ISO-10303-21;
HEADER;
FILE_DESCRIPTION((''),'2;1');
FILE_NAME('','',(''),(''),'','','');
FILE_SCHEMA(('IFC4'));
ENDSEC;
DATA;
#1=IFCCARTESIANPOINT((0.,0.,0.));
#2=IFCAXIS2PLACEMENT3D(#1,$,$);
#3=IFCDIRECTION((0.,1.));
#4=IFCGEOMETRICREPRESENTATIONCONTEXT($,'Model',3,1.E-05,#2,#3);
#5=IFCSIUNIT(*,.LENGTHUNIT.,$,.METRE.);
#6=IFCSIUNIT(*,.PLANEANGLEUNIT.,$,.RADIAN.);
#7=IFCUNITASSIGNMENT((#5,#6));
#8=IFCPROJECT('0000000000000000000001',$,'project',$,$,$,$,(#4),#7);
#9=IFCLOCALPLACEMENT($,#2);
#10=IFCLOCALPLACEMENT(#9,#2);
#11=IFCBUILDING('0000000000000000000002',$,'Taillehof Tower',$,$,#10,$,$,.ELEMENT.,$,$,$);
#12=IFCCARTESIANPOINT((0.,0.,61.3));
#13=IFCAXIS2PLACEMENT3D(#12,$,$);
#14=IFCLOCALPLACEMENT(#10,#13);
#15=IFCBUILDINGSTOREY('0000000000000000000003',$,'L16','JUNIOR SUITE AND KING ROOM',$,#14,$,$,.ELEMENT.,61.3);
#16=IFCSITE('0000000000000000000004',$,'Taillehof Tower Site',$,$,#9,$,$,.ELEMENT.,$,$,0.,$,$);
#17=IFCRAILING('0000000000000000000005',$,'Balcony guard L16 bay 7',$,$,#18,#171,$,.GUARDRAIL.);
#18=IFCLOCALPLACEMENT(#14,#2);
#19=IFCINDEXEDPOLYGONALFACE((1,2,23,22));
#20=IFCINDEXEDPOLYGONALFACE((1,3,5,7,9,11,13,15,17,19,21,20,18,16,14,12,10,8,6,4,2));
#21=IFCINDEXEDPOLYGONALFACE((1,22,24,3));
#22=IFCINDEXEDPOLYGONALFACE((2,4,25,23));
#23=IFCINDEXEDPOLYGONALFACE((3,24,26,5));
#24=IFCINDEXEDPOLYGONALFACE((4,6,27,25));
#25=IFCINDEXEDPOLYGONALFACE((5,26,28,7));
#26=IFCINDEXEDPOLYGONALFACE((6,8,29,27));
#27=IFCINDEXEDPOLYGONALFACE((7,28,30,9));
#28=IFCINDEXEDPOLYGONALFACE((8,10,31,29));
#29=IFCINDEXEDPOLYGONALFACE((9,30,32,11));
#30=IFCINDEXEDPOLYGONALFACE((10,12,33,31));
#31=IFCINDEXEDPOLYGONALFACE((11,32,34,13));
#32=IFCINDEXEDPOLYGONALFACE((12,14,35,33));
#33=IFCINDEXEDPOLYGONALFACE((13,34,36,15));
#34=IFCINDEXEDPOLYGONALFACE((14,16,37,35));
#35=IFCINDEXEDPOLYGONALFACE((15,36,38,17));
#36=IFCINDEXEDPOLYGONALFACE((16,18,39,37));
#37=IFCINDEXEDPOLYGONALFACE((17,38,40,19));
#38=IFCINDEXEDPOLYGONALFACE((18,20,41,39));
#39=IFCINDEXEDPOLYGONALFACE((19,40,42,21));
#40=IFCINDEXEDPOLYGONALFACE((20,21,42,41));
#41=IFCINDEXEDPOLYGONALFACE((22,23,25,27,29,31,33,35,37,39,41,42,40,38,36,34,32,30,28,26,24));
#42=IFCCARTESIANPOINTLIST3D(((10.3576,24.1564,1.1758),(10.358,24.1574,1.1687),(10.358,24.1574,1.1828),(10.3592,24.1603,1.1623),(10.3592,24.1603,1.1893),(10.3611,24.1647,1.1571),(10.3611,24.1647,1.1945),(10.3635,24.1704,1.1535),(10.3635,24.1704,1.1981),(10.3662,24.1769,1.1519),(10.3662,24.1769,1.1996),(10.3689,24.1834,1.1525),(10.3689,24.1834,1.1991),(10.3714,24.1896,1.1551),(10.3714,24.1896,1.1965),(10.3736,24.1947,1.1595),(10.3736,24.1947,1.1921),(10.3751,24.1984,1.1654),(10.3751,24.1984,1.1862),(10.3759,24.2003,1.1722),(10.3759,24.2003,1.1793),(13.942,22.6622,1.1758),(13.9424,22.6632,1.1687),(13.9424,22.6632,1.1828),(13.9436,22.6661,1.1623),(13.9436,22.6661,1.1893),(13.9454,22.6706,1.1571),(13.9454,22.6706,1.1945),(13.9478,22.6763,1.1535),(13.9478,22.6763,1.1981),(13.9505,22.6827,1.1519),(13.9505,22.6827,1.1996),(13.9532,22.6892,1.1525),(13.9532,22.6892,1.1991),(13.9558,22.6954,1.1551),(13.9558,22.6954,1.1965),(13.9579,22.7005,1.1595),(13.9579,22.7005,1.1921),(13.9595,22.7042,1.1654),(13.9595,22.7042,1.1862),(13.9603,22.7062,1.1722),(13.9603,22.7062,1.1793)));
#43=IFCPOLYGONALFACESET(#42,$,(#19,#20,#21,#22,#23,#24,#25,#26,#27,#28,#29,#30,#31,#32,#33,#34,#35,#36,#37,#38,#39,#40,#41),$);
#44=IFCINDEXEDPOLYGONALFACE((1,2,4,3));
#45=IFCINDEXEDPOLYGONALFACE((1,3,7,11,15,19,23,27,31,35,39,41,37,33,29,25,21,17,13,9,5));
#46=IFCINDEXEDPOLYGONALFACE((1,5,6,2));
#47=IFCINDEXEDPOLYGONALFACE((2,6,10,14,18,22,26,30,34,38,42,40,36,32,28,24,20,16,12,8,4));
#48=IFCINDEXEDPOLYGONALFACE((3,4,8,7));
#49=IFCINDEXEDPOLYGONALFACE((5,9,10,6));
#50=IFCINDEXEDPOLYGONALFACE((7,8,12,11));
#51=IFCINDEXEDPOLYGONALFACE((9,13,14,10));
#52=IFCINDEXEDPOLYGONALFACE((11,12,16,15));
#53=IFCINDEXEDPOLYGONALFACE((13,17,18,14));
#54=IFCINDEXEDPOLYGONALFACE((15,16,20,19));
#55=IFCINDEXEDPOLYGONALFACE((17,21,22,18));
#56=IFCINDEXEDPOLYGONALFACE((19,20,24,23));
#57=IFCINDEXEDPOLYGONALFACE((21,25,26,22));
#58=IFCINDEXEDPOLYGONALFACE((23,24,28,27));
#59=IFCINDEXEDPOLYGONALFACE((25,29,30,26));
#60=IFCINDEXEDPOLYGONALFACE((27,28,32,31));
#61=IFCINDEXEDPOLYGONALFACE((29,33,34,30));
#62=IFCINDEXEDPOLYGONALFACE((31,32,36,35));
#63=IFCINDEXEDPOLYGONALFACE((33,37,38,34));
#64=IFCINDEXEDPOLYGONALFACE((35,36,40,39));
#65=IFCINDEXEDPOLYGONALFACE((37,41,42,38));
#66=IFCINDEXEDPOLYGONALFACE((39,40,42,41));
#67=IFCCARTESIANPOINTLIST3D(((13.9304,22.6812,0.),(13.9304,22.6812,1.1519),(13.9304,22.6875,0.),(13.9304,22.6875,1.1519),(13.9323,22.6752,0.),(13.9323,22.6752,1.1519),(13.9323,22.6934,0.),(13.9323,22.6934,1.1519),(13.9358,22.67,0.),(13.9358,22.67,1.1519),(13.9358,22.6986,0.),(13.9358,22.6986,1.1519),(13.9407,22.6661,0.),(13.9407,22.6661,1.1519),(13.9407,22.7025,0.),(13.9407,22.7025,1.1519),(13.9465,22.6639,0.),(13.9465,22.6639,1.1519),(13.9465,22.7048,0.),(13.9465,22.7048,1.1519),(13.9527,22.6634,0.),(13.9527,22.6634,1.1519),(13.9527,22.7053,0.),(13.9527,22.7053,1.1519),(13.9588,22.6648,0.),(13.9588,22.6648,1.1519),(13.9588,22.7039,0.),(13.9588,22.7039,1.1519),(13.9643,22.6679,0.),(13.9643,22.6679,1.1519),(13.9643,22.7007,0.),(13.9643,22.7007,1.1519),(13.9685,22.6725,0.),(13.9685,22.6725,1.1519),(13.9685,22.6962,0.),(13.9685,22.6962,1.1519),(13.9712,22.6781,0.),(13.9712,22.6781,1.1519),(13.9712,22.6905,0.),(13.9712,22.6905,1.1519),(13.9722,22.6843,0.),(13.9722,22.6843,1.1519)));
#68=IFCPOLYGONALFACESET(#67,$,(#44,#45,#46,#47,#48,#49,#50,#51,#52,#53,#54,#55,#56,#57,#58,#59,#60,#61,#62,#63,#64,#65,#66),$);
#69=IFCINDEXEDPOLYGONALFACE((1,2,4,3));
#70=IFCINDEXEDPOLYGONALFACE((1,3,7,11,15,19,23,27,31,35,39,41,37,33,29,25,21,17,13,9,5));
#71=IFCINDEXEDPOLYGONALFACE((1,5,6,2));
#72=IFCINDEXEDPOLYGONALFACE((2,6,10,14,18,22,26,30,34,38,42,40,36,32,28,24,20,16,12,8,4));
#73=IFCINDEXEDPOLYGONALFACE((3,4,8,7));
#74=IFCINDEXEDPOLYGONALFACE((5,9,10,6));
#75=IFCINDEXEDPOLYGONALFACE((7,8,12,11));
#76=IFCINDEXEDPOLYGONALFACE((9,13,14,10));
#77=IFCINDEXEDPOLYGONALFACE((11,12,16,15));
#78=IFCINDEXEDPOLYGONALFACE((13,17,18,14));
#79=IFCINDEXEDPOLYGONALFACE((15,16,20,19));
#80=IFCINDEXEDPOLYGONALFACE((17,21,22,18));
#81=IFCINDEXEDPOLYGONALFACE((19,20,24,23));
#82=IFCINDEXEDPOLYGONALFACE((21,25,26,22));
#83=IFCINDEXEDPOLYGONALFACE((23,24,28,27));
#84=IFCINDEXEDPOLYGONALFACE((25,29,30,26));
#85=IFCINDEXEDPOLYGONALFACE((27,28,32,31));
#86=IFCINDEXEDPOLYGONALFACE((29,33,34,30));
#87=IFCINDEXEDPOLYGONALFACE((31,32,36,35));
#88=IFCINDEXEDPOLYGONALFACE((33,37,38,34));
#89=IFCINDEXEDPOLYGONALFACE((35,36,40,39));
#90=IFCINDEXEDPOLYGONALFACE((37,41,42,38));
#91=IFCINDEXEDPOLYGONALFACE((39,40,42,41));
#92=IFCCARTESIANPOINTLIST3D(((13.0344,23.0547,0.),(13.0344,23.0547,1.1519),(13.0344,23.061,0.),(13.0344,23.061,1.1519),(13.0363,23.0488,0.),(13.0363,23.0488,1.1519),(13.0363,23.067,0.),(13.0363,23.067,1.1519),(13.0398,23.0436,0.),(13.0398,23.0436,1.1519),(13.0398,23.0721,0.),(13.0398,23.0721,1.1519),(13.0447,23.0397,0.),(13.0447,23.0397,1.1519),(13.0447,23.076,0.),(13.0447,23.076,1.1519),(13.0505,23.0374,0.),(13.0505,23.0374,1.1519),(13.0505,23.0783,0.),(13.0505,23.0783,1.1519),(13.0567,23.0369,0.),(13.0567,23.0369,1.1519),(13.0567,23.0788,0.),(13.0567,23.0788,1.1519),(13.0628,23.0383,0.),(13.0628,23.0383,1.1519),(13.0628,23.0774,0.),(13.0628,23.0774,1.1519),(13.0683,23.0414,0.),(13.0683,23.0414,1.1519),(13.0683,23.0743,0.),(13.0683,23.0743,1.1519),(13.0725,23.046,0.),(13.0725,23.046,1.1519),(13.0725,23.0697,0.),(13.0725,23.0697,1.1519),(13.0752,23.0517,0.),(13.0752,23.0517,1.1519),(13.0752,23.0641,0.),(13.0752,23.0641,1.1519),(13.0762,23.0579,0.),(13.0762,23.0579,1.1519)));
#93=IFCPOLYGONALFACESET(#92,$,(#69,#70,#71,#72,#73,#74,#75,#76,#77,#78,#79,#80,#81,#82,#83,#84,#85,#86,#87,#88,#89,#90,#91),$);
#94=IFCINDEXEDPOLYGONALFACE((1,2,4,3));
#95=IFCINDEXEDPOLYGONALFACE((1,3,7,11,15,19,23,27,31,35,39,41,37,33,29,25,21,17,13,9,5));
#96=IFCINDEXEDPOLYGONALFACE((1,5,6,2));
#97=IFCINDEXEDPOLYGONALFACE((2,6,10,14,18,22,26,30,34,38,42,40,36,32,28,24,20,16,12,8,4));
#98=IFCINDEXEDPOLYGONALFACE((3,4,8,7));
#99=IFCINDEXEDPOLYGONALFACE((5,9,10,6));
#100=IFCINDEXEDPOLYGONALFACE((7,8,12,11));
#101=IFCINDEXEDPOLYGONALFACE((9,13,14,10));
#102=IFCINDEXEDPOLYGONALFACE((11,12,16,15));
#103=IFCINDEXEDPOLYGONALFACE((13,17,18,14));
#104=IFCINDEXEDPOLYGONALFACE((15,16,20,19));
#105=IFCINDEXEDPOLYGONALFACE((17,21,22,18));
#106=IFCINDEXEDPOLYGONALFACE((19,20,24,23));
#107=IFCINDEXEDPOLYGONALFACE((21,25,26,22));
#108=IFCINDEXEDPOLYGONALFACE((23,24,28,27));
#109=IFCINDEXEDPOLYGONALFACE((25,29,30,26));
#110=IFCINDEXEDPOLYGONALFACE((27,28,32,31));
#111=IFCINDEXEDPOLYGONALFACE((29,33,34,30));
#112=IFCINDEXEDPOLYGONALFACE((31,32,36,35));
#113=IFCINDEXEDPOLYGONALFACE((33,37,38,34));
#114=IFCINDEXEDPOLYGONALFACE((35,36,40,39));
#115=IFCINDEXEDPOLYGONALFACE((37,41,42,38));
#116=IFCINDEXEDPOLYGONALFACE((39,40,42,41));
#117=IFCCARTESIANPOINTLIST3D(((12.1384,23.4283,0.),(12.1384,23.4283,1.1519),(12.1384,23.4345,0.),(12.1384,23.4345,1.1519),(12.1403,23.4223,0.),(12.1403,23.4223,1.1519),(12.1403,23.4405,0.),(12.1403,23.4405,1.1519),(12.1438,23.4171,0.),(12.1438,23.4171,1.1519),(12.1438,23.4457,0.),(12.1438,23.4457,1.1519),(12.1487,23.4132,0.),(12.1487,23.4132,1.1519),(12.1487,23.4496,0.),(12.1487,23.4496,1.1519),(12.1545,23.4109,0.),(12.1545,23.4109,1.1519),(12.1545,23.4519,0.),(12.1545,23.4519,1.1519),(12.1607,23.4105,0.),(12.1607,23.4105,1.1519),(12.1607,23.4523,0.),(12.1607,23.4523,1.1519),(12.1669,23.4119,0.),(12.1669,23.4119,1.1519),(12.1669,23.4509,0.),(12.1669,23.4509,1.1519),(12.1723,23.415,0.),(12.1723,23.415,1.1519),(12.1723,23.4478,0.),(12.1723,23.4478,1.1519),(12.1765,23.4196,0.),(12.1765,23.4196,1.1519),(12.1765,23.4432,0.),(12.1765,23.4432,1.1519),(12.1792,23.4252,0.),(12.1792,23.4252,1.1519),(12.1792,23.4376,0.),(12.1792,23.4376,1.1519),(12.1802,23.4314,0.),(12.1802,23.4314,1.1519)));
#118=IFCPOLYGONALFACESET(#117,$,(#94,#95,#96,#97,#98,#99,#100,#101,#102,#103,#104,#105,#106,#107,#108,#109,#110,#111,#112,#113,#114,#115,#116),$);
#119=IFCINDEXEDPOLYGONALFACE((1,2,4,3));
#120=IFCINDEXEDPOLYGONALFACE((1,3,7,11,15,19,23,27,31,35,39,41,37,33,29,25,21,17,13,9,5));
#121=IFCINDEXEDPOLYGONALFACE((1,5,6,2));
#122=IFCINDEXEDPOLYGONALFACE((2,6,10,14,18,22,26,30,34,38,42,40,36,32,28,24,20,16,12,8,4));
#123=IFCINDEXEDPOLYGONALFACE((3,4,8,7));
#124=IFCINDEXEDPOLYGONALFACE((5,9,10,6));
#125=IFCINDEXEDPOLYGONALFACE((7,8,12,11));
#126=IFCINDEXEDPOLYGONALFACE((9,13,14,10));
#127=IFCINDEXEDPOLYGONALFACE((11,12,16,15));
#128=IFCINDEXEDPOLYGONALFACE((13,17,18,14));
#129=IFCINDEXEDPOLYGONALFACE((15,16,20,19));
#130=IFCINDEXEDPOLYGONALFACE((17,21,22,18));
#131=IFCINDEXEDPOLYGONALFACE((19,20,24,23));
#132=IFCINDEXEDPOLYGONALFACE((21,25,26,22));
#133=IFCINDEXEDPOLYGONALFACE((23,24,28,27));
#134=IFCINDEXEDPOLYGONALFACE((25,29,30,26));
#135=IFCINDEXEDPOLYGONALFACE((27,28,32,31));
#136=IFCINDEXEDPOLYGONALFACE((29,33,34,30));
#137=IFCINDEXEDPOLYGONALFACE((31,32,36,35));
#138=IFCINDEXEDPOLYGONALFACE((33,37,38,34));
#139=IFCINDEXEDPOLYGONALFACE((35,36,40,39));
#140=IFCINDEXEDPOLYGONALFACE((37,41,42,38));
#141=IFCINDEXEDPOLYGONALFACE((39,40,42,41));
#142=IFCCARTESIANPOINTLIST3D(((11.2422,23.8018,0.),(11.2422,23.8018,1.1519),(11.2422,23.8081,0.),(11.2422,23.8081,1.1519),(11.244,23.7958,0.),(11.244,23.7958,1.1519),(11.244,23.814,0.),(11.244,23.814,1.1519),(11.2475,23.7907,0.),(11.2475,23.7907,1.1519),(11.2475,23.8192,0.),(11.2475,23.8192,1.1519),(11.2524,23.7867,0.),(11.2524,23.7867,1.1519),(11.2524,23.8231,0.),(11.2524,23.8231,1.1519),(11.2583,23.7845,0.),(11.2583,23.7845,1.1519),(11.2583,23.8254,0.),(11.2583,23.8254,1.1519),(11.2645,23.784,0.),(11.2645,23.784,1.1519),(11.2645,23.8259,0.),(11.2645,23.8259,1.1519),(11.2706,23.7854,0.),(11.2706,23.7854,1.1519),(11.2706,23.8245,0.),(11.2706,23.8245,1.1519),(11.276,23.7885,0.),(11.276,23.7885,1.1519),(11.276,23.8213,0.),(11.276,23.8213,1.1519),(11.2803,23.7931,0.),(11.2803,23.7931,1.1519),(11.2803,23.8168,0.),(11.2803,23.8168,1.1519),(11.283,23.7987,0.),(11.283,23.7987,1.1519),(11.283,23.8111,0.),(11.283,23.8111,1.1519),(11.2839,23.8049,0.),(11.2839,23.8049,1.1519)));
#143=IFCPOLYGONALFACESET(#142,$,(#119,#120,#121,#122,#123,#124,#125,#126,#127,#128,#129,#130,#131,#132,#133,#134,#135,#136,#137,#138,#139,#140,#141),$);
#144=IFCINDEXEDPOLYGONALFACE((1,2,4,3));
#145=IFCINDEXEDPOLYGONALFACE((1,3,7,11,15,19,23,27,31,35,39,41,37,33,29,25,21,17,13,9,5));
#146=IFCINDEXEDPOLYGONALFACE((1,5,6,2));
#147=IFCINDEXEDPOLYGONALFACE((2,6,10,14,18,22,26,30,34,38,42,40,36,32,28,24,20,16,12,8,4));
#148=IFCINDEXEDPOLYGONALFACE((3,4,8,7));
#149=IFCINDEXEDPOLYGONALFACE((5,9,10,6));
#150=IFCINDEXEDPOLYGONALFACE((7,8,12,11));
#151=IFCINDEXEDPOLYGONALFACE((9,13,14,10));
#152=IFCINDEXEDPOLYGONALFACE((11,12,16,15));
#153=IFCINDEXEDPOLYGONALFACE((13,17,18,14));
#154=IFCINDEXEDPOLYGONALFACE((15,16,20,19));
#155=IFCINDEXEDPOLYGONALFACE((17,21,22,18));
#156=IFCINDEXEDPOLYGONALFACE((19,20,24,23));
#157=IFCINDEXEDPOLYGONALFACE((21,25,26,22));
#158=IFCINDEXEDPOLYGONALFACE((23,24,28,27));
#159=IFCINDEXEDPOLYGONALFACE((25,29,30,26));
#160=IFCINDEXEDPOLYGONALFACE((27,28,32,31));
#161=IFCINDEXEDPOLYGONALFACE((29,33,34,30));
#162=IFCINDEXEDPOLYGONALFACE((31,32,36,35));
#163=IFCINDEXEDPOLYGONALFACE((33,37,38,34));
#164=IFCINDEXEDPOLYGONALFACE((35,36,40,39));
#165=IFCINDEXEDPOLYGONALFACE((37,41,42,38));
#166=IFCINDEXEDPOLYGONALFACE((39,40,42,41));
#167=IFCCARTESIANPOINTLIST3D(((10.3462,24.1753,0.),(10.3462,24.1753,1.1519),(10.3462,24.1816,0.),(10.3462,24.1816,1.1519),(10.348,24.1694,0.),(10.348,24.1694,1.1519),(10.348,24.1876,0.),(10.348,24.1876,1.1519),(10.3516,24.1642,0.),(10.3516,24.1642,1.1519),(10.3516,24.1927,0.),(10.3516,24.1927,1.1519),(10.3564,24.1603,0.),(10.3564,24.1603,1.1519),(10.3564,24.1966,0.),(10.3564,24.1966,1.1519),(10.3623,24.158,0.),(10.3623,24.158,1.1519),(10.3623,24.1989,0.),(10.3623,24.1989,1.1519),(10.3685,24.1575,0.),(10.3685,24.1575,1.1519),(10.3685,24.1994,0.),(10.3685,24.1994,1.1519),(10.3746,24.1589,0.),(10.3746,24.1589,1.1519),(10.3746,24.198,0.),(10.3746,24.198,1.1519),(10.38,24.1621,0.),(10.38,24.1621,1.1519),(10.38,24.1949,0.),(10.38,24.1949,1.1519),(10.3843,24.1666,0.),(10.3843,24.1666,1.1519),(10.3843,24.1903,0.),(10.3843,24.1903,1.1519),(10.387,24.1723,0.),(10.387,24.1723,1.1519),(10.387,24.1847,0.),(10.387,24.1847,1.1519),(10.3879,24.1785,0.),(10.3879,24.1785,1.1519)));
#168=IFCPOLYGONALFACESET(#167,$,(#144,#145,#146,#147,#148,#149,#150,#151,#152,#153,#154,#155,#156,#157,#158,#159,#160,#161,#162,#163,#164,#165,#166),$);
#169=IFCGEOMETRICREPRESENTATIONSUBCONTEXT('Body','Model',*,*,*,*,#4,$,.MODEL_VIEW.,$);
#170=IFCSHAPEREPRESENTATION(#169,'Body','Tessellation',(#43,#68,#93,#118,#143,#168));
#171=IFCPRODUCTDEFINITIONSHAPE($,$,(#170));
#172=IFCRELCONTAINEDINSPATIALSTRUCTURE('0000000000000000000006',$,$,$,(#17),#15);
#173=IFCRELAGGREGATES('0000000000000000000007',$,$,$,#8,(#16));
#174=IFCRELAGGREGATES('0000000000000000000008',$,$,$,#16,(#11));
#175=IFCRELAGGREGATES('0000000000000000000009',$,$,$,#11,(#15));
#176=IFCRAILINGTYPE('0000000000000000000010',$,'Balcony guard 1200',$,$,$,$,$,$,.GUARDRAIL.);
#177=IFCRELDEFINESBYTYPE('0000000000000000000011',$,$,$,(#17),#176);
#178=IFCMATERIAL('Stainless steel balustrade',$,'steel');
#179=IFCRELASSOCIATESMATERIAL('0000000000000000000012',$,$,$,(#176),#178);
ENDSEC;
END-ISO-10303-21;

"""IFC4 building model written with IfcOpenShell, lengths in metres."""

from ifc_helpers import new_model, si_unit, direction, frame, origin, origin_2d, place, context, subcontext, project, spatial, circle, extrude, material, type_object, element, save


model = new_model("IFC4")

# Units and contexts
model_context = context("Model", 3, precision=1e-05, world=origin(), true_north=direction((0.0, 1.0)))
body_context = subcontext(model_context, "Body", "Model", "MODEL_VIEW")
ifc_project = project(units=[si_unit("LENGTHUNIT", "METRE"), si_unit("PLANEANGLEUNIT", "RADIAN")], contexts=[model_context])

# Site, building, storey
site_placement = place(None, origin())
site = spatial("IfcSite", under=ifc_project, at=site_placement, Name="Taillehof Tower Site", CompositionType="ELEMENT", RefElevation=0.0)
building_placement = place(site_placement, origin())
building = spatial("IfcBuilding", under=site, at=building_placement, Name="Taillehof Tower", CompositionType="ELEMENT")
storey_placement = place(building_placement, frame((0.0, 0.0, 61.3)))
storey = spatial("IfcBuildingStorey", under=building, at=storey_placement, Name="L16", Description="JUNIOR SUITE AND KING ROOM", CompositionType="ELEMENT", Elevation=61.3)

# Railing
ifc_material_1 = material(Name="Stainless steel balustrade", Category="steel")
railing_type = type_object("IfcRailingType", Name="Balcony guard 1200", PredefinedType="GUARDRAIL", material=ifc_material_1)
railing_1_placement = place(storey_placement, frame((13.9512, 22.6843, 0.0)))
element("IfcRailing", 1, at=railing_1_placement, inside=storey, type_object=railing_type, Name="Balcony guard L16 bay 7", PredefinedType="GUARDRAIL", context=body_context, shape_type="SweptSolid", body=[
    extrude(circle(Radius=0.0239, at=origin_2d()), frame((0.0, 0.0, 1.1758), z_axis=(-0.923012, 0.384772, 0.0), x_axis=(-0.384772, -0.923012, 0.0)), (0.0, 0.0, 1.0), 3.8833),
    extrude(circle(Radius=0.021, at=origin_2d()), origin(), (0.0, 0.0, 1.0), 1.1519),
    extrude(circle(Radius=0.021, at=origin_2d()), frame((-0.896, 0.3735, 0.0)), (0.0, 0.0, 1.0), 1.1519),
    extrude(circle(Radius=0.021, at=origin_2d()), frame((-1.792, 0.7471, 0.0)), (0.0, 0.0, 1.0), 1.1519),
    extrude(circle(Radius=0.021, at=origin_2d()), frame((-2.6882, 1.1206, 0.0)), (0.0, 0.0, 1.0), 1.1519),
    extrude(circle(Radius=0.021, at=origin_2d()), frame((-3.5842, 1.4941, 0.0)), (0.0, 0.0, 1.0), 1.1519),
])

save(model, "model.ifc")
